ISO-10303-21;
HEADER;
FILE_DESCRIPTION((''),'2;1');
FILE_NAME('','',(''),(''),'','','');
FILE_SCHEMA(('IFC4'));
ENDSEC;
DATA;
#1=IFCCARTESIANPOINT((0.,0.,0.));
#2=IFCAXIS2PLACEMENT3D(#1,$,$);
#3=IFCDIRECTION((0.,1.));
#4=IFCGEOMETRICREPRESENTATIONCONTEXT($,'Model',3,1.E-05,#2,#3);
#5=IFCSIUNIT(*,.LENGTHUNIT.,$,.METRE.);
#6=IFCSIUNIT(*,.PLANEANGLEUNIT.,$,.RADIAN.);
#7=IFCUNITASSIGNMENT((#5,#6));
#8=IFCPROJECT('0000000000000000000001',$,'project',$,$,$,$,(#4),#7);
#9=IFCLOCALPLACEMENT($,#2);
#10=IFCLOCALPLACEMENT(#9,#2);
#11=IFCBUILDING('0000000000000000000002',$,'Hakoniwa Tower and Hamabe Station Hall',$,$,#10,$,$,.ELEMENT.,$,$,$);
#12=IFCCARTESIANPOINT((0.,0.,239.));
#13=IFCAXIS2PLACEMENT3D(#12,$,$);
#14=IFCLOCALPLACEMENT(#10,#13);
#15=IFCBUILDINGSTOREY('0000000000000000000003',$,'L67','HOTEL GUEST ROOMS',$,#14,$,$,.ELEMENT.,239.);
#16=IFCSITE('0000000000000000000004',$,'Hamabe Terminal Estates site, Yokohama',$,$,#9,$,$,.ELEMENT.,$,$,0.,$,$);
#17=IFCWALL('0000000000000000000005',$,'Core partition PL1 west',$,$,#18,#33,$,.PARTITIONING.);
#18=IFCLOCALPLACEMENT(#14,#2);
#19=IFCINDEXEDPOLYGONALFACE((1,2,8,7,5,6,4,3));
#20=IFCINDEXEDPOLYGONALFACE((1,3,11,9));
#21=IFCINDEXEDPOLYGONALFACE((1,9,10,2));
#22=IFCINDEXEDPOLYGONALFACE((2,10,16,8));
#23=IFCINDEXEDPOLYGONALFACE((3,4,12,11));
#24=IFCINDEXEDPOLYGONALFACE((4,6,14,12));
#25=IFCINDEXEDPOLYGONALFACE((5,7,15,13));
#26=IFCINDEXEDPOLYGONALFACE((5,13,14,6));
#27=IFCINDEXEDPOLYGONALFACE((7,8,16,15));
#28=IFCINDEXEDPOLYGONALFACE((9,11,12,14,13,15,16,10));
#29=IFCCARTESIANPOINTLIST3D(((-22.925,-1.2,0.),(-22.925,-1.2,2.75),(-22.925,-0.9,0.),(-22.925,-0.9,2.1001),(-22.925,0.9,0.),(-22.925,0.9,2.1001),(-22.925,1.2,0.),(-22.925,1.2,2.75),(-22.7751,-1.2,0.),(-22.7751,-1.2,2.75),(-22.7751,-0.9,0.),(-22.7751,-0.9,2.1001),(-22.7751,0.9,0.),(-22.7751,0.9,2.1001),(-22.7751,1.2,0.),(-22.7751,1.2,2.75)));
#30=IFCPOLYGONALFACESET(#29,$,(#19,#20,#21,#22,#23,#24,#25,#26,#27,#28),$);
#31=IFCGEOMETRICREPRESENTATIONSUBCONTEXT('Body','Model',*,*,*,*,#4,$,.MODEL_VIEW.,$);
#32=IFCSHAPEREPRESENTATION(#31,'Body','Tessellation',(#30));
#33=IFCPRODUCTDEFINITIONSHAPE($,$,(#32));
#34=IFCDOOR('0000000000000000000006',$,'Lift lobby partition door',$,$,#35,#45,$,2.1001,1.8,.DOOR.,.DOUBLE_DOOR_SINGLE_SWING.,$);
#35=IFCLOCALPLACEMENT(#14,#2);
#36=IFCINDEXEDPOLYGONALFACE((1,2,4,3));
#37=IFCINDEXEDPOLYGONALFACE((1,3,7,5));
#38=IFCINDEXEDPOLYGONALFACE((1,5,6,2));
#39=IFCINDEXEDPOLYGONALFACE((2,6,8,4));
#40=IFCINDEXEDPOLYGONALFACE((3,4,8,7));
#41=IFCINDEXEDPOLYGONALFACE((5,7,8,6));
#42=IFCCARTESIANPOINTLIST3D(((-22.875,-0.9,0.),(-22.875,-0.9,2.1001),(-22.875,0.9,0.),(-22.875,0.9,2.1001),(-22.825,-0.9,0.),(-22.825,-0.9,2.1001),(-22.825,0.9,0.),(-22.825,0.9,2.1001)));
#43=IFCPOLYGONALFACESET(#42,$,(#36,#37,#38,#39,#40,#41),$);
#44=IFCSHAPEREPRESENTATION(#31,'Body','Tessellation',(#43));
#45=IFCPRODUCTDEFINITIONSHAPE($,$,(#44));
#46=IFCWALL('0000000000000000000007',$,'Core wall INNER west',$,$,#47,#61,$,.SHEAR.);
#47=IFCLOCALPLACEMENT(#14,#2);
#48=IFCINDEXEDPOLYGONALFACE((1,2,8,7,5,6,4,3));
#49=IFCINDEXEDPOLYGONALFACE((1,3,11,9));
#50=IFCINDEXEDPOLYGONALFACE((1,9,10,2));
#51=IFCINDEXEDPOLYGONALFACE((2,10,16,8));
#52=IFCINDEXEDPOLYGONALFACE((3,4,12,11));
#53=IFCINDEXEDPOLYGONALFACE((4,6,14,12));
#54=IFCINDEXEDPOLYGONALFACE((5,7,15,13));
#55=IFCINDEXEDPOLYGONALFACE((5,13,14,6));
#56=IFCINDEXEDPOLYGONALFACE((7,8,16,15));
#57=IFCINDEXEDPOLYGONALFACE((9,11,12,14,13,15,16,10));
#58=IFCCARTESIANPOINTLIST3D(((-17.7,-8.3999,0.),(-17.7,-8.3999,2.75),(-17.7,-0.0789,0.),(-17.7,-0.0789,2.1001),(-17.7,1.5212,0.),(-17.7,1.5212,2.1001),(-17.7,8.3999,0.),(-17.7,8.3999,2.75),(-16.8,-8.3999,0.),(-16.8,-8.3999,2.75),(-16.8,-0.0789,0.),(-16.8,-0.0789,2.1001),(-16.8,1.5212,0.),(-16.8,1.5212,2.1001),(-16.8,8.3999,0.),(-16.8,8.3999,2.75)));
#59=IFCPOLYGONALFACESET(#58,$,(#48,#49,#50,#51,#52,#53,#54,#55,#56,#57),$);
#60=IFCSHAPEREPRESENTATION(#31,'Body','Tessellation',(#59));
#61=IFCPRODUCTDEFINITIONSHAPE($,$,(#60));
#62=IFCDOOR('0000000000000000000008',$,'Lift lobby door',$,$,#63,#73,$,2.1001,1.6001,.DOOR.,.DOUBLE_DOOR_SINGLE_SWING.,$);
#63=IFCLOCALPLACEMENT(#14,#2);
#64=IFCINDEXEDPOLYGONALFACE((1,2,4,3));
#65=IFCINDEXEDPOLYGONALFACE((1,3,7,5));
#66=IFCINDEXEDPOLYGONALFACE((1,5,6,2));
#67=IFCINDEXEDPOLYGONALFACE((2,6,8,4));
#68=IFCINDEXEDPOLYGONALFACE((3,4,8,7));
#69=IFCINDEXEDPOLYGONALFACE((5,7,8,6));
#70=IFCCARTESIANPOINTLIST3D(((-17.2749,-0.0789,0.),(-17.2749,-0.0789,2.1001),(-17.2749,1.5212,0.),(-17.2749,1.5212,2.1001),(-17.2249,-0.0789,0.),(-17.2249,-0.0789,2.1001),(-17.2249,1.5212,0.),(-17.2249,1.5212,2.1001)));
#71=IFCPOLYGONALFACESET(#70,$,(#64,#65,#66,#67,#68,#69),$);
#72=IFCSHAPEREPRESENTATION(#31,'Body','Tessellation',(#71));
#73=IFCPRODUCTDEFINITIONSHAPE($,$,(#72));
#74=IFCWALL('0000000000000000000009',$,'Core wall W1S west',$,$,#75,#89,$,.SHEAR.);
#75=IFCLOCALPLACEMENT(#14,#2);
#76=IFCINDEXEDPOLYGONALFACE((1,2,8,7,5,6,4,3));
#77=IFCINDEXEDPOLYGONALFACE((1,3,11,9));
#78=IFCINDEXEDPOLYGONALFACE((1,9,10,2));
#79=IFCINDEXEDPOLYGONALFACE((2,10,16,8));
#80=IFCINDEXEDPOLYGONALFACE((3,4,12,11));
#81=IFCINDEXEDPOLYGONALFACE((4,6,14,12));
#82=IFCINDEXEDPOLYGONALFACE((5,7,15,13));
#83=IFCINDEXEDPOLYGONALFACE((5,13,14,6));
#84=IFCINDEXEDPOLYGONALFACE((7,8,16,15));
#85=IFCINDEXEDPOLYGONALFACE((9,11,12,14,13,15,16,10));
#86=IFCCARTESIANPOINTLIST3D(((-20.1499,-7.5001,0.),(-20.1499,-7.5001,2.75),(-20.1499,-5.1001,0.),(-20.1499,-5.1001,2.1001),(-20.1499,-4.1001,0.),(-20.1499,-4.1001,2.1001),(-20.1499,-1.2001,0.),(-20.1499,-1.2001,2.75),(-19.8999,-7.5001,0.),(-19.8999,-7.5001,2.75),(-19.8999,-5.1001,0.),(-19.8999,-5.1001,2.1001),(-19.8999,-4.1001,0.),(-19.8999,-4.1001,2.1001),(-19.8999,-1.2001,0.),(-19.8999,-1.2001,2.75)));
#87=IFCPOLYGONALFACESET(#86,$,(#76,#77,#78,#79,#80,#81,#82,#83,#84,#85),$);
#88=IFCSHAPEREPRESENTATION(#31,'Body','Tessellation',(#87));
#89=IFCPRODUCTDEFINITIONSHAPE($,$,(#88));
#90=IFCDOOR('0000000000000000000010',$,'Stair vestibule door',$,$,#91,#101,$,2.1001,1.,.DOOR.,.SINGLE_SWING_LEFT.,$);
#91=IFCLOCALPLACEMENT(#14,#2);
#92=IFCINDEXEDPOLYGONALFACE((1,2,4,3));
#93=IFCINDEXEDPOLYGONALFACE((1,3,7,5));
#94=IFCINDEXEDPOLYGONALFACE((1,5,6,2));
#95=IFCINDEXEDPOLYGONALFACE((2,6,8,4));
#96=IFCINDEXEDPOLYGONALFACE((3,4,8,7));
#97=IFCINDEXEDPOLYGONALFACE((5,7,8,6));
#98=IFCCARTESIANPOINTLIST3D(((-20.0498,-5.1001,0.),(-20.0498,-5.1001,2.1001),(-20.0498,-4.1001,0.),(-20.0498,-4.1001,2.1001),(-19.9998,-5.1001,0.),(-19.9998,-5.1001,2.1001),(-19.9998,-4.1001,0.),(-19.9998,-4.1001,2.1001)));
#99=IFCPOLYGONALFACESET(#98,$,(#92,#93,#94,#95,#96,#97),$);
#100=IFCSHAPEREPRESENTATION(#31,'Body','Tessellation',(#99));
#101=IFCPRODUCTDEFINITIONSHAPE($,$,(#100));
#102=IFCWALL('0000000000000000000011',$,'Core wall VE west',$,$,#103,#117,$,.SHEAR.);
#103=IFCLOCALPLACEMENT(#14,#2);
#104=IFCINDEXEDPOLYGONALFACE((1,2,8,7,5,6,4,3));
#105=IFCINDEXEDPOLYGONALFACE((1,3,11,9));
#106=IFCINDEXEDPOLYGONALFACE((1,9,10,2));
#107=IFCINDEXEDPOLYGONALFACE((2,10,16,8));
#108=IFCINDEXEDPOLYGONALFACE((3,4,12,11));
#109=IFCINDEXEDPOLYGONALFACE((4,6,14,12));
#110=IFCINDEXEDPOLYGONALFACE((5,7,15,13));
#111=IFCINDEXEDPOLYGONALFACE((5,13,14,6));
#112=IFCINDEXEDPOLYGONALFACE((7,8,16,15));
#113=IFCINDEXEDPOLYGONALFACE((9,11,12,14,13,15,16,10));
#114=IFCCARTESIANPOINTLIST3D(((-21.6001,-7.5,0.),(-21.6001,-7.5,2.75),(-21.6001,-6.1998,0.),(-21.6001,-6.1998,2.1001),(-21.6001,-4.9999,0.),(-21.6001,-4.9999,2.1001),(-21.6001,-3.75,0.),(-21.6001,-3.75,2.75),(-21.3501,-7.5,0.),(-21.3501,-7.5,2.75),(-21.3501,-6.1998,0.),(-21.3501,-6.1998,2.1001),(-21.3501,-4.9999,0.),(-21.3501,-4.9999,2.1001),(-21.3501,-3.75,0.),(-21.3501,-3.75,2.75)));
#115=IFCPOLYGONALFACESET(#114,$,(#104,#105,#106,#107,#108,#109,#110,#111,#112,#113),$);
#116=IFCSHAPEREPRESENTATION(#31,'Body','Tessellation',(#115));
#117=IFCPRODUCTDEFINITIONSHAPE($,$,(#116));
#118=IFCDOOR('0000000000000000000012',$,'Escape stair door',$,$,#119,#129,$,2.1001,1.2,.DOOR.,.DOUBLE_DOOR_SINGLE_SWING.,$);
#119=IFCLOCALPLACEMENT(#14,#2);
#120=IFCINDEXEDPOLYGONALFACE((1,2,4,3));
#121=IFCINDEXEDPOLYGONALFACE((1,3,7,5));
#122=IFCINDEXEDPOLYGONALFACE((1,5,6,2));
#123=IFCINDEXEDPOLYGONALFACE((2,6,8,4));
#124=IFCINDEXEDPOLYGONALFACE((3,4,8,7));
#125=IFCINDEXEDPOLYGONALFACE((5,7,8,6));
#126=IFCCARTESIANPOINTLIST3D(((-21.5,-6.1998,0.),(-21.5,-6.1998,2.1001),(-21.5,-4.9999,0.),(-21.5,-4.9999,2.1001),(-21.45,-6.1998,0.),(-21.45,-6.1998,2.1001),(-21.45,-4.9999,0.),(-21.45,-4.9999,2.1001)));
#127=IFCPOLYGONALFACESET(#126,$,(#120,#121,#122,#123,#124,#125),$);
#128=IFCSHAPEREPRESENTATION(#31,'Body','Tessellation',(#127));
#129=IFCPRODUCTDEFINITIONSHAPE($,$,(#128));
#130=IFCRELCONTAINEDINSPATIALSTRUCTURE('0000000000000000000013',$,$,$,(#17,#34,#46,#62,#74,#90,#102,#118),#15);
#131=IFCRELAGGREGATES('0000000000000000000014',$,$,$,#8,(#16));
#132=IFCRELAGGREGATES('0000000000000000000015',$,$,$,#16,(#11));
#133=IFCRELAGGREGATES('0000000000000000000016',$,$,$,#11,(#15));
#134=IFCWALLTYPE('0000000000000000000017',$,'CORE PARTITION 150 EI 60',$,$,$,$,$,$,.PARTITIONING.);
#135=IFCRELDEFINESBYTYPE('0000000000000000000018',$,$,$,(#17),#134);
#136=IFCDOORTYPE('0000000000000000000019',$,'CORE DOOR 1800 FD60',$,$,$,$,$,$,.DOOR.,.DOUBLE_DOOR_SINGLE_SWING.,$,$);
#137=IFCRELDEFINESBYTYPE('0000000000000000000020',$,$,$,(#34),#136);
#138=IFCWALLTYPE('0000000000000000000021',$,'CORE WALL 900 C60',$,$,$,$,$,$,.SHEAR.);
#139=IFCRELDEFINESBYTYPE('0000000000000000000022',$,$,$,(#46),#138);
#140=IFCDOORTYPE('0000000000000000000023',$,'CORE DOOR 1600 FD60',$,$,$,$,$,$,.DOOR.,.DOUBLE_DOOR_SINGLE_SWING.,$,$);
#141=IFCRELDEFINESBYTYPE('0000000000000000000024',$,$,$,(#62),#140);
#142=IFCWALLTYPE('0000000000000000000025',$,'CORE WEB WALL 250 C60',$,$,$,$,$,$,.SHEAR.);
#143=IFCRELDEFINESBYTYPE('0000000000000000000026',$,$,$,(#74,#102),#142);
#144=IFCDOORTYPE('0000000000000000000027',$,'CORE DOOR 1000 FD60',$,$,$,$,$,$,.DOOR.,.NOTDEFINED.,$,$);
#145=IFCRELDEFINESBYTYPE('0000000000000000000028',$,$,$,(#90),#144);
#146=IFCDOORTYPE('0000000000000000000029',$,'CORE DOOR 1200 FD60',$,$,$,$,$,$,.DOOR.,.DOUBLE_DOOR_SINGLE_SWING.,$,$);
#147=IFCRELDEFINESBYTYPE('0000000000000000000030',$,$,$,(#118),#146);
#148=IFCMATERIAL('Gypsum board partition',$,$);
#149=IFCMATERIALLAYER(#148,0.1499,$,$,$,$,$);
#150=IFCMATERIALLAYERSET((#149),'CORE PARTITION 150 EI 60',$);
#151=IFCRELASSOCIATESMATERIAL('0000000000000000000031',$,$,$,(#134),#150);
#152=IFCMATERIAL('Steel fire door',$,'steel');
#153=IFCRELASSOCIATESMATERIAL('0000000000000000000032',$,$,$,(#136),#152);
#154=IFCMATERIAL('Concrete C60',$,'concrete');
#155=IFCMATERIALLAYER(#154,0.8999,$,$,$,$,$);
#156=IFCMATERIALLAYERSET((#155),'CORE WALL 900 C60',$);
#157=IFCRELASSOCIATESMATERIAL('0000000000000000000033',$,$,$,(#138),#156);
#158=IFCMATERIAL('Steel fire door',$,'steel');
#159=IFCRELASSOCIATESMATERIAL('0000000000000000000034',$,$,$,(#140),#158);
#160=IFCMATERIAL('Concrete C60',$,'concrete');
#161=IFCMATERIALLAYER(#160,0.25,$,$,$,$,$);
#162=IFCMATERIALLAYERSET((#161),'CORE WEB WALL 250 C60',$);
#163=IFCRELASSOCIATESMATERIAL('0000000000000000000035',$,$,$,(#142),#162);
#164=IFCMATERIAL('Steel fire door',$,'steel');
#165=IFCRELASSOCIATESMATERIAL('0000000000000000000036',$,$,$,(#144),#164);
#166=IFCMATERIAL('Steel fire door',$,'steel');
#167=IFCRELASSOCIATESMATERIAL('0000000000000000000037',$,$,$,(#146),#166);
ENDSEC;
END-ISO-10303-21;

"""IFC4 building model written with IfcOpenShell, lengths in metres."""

from ifc_helpers import new_model, si_unit, direction, frame, frame_2d, origin, place, context, subcontext, project, spatial, rectangle, extrude, material, layer, layer_set, type_object, element, fill, save


model = new_model("IFC4")

# Units and contexts
model_context = context("Model", 3, precision=1e-05, world=origin(), true_north=direction((0.0, 1.0)))
body_context = subcontext(model_context, "Body", "Model", "MODEL_VIEW")
ifc_project = project(units=[si_unit("LENGTHUNIT", "METRE"), si_unit("PLANEANGLEUNIT", "RADIAN")], contexts=[model_context])

# Site, building, storey
site_placement = place(None, origin())
site = spatial("IfcSite", under=ifc_project, at=site_placement, Name="Hamabe Terminal Estates site, Yokohama", CompositionType="ELEMENT", RefElevation=0.0)
building_placement = place(site_placement, origin())
building = spatial("IfcBuilding", under=site, at=building_placement, Name="Hakoniwa Tower and Hamabe Station Hall", CompositionType="ELEMENT")
storey_placement = place(building_placement, frame((0.0, 0.0, 239.0)))
storey = spatial("IfcBuildingStorey", under=building, at=storey_placement, Name="L67", Description="HOTEL GUEST ROOMS", CompositionType="ELEMENT", Elevation=239.0)

# Walls, openings, doors
ifc_material_1 = material(Name="Gypsum board partition")
ifc_layer_1 = layer(ifc_material_1, 0.1499)
ifc_layer_set_1 = layer_set([ifc_layer_1], Name="CORE PARTITION 150 EI 60")
wall_type_1 = type_object("IfcWallType", Name="CORE PARTITION 150 EI 60", PredefinedType="PARTITIONING", material=ifc_layer_set_1)
ifc_material_2 = material(Name="Steel fire door", Category="steel")
door_type_1 = type_object("IfcDoorType", Name="CORE DOOR 1800 FD60", OperationType="DOUBLE_DOOR_SINGLE_SWING", PredefinedType="DOOR", material=ifc_material_2)
wall_1_placement = place(storey_placement, frame((-22.8501, -1.2, 0.0), z_axis=(0.0, 0.0, 1.0), x_axis=(0.0, 1.0, 0.0)))
wall_1 = element("IfcWall", 1, at=wall_1_placement, inside=storey, type_object=wall_type_1, Name="Core partition PL1 west", PredefinedType="PARTITIONING", context=body_context, shape_type="SweptSolid", body=[
    extrude(rectangle(XDim=2.3999, YDim=0.1499, at=frame_2d((1.2, 0.0))), origin(), (0.0, 0.0, 1.0), 2.75),
])
opening_1_placement = place(wall_1_placement, frame((0.3, 0.0, 0.0)))
opening_1 = element("IfcOpeningElement", 2, at=opening_1_placement, cuts=wall_1, PredefinedType="OPENING", context=body_context, shape_type="SweptSolid", body=[
    extrude(rectangle(XDim=1.8, YDim=2.1001, at=frame_2d((0.8999, 1.05))), frame((0.0, 0.085, 0.0), z_axis=(0.0, -1.0, 0.0), x_axis=(1.0, 0.0, 0.0)), (0.0, 0.0, 1.0), 0.1699),
])
door_1_placement = place(opening_1_placement, origin())
door_1 = element("IfcDoor", 3, at=door_1_placement, inside=storey, type_object=door_type_1, Name="Lift lobby partition door", OperationType="DOUBLE_DOOR_SINGLE_SWING", OverallHeight=2.1001, OverallWidth=1.8, PredefinedType="DOOR", context=body_context, shape_type="SweptSolid", body=[
    extrude(rectangle(XDim=1.8, YDim=2.1001, at=frame_2d((0.8999, 1.05))), frame((0.0, 0.0249, 0.0), z_axis=(0.0, -1.0, 0.0), x_axis=(1.0, 0.0, 0.0)), (0.0, 0.0, 1.0), 0.05),
])
fill(opening_1, door_1)
ifc_material_3 = material(Name="Concrete C60", Category="concrete")
ifc_layer_2 = layer(ifc_material_3, 0.8999)
ifc_layer_set_2 = layer_set([ifc_layer_2], Name="CORE WALL 900 C60")
wall_type_2 = type_object("IfcWallType", Name="CORE WALL 900 C60", PredefinedType="SHEAR", material=ifc_layer_set_2)
wall_2_placement = place(storey_placement, frame((-17.25, -8.3999, 0.0), z_axis=(0.0, 0.0, 1.0), x_axis=(0.0, 1.0, 0.0)))
wall_2 = element("IfcWall", 4, at=wall_2_placement, inside=storey, type_object=wall_type_2, Name="Core wall INNER west", PredefinedType="SHEAR", context=body_context, shape_type="SweptSolid", body=[
    extrude(rectangle(XDim=16.7998, YDim=0.8999, at=frame_2d((8.3999, 0.0))), origin(), (0.0, 0.0, 1.0), 2.75),
])
opening_2_placement = place(wall_2_placement, frame((8.321, 0.0, 0.0)))
opening_2 = element("IfcOpeningElement", 5, at=opening_2_placement, cuts=wall_2, PredefinedType="OPENING", context=body_context, shape_type="SweptSolid", body=[
    extrude(rectangle(XDim=1.6001, YDim=2.1001, at=frame_2d((0.8, 1.05))), frame((0.0, 0.46, 0.0), z_axis=(0.0, -1.0, 0.0), x_axis=(1.0, 0.0, 0.0)), (0.0, 0.0, 1.0), 0.9199),
])
ifc_material_4 = material(Name="Steel fire door", Category="steel")
door_type_2 = type_object("IfcDoorType", Name="CORE DOOR 1600 FD60", OperationType="DOUBLE_DOOR_SINGLE_SWING", PredefinedType="DOOR", material=ifc_material_4)
door_2_placement = place(opening_2_placement, origin())
door_2 = element("IfcDoor", 6, at=door_2_placement, inside=storey, type_object=door_type_2, Name="Lift lobby door", OperationType="DOUBLE_DOOR_SINGLE_SWING", OverallHeight=2.1001, OverallWidth=1.6001, PredefinedType="DOOR", context=body_context, shape_type="SweptSolid", body=[
    extrude(rectangle(XDim=1.6001, YDim=2.1001, at=frame_2d((0.8, 1.05))), frame((0.0, 0.0249, 0.0), z_axis=(0.0, -1.0, 0.0), x_axis=(1.0, 0.0, 0.0)), (0.0, 0.0, 1.0), 0.05),
])
fill(opening_2, door_2)
ifc_material_5 = material(Name="Concrete C60", Category="concrete")
ifc_layer_3 = layer(ifc_material_5, 0.25)
ifc_layer_set_3 = layer_set([ifc_layer_3], Name="CORE WEB WALL 250 C60")
wall_type_3 = type_object("IfcWallType", Name="CORE WEB WALL 250 C60", PredefinedType="SHEAR", material=ifc_layer_set_3)
wall_3_placement = place(storey_placement, frame((-20.0249, -7.5, 0.0), z_axis=(0.0, 0.0, 1.0), x_axis=(0.0, 1.0, 0.0)))
wall_3 = element("IfcWall", 7, at=wall_3_placement, inside=storey, type_object=wall_type_3, Name="Core wall W1S west", PredefinedType="SHEAR", context=body_context, shape_type="SweptSolid", body=[
    extrude(rectangle(XDim=6.3, YDim=0.25, at=frame_2d((3.1499, 0.0))), origin(), (0.0, 0.0, 1.0), 2.75),
])
opening_3_placement = place(wall_3_placement, frame((2.3999, 0.0, 0.0)))
opening_3 = element("IfcOpeningElement", 8, at=opening_3_placement, cuts=wall_3, PredefinedType="OPENING", context=body_context, shape_type="SweptSolid", body=[
    extrude(rectangle(XDim=1.0, YDim=2.1001, at=frame_2d((0.5, 1.05))), frame((0.0, 0.135, 0.0), z_axis=(0.0, -1.0, 0.0), x_axis=(1.0, 0.0, 0.0)), (0.0, 0.0, 1.0), 0.27),
])
ifc_material_6 = material(Name="Steel fire door", Category="steel")
door_type_3 = type_object("IfcDoorType", Name="CORE DOOR 1000 FD60", OperationType="NOTDEFINED", PredefinedType="DOOR", material=ifc_material_6)
door_3_placement = place(opening_3_placement, origin())
door_3 = element("IfcDoor", 9, at=door_3_placement, inside=storey, type_object=door_type_3, Name="Stair vestibule door", OperationType="SINGLE_SWING_LEFT", OverallHeight=2.1001, OverallWidth=1.0, PredefinedType="DOOR", context=body_context, shape_type="SweptSolid", body=[
    extrude(rectangle(XDim=1.0, YDim=2.1001, at=frame_2d((0.5, 1.05))), frame((0.0, 0.0249, 0.0), z_axis=(0.0, -1.0, 0.0), x_axis=(1.0, 0.0, 0.0)), (0.0, 0.0, 1.0), 0.05),
])
fill(opening_3, door_3)
wall_4_placement = place(storey_placement, frame((-21.4751, -7.5, 0.0), z_axis=(0.0, 0.0, 1.0), x_axis=(0.0, 1.0, 0.0)))
wall_4 = element("IfcWall", 10, at=wall_4_placement, inside=storey, type_object=wall_type_3, Name="Core wall VE west", PredefinedType="SHEAR", context=body_context, shape_type="SweptSolid", body=[
    extrude(rectangle(XDim=3.75, YDim=0.25, at=frame_2d((1.875, 0.0))), origin(), (0.0, 0.0, 1.0), 2.75),
])
opening_4_placement = place(wall_4_placement, frame((1.3, 0.0, 0.0)))
opening_4 = element("IfcOpeningElement", 11, at=opening_4_placement, cuts=wall_4, PredefinedType="OPENING", context=body_context, shape_type="SweptSolid", body=[
    extrude(rectangle(XDim=1.2, YDim=2.1001, at=frame_2d((0.6001, 1.05))), frame((0.0, 0.135, 0.0), z_axis=(0.0, -1.0, 0.0), x_axis=(1.0, 0.0, 0.0)), (0.0, 0.0, 1.0), 0.27),
])
ifc_material_7 = material(Name="Steel fire door", Category="steel")
door_type_4 = type_object("IfcDoorType", Name="CORE DOOR 1200 FD60", OperationType="DOUBLE_DOOR_SINGLE_SWING", PredefinedType="DOOR", material=ifc_material_7)
door_4_placement = place(opening_4_placement, origin())
door_4 = element("IfcDoor", 12, at=door_4_placement, inside=storey, type_object=door_type_4, Name="Escape stair door", OperationType="DOUBLE_DOOR_SINGLE_SWING", OverallHeight=2.1001, OverallWidth=1.2, PredefinedType="DOOR", context=body_context, shape_type="SweptSolid", body=[
    extrude(rectangle(XDim=1.2, YDim=2.1001, at=frame_2d((0.6001, 1.05))), frame((0.0, 0.0249, 0.0), z_axis=(0.0, -1.0, 0.0), x_axis=(1.0, 0.0, 0.0)), (0.0, 0.0, 1.0), 0.05),
])
fill(opening_4, door_4)

save(model, "model.ifc")
